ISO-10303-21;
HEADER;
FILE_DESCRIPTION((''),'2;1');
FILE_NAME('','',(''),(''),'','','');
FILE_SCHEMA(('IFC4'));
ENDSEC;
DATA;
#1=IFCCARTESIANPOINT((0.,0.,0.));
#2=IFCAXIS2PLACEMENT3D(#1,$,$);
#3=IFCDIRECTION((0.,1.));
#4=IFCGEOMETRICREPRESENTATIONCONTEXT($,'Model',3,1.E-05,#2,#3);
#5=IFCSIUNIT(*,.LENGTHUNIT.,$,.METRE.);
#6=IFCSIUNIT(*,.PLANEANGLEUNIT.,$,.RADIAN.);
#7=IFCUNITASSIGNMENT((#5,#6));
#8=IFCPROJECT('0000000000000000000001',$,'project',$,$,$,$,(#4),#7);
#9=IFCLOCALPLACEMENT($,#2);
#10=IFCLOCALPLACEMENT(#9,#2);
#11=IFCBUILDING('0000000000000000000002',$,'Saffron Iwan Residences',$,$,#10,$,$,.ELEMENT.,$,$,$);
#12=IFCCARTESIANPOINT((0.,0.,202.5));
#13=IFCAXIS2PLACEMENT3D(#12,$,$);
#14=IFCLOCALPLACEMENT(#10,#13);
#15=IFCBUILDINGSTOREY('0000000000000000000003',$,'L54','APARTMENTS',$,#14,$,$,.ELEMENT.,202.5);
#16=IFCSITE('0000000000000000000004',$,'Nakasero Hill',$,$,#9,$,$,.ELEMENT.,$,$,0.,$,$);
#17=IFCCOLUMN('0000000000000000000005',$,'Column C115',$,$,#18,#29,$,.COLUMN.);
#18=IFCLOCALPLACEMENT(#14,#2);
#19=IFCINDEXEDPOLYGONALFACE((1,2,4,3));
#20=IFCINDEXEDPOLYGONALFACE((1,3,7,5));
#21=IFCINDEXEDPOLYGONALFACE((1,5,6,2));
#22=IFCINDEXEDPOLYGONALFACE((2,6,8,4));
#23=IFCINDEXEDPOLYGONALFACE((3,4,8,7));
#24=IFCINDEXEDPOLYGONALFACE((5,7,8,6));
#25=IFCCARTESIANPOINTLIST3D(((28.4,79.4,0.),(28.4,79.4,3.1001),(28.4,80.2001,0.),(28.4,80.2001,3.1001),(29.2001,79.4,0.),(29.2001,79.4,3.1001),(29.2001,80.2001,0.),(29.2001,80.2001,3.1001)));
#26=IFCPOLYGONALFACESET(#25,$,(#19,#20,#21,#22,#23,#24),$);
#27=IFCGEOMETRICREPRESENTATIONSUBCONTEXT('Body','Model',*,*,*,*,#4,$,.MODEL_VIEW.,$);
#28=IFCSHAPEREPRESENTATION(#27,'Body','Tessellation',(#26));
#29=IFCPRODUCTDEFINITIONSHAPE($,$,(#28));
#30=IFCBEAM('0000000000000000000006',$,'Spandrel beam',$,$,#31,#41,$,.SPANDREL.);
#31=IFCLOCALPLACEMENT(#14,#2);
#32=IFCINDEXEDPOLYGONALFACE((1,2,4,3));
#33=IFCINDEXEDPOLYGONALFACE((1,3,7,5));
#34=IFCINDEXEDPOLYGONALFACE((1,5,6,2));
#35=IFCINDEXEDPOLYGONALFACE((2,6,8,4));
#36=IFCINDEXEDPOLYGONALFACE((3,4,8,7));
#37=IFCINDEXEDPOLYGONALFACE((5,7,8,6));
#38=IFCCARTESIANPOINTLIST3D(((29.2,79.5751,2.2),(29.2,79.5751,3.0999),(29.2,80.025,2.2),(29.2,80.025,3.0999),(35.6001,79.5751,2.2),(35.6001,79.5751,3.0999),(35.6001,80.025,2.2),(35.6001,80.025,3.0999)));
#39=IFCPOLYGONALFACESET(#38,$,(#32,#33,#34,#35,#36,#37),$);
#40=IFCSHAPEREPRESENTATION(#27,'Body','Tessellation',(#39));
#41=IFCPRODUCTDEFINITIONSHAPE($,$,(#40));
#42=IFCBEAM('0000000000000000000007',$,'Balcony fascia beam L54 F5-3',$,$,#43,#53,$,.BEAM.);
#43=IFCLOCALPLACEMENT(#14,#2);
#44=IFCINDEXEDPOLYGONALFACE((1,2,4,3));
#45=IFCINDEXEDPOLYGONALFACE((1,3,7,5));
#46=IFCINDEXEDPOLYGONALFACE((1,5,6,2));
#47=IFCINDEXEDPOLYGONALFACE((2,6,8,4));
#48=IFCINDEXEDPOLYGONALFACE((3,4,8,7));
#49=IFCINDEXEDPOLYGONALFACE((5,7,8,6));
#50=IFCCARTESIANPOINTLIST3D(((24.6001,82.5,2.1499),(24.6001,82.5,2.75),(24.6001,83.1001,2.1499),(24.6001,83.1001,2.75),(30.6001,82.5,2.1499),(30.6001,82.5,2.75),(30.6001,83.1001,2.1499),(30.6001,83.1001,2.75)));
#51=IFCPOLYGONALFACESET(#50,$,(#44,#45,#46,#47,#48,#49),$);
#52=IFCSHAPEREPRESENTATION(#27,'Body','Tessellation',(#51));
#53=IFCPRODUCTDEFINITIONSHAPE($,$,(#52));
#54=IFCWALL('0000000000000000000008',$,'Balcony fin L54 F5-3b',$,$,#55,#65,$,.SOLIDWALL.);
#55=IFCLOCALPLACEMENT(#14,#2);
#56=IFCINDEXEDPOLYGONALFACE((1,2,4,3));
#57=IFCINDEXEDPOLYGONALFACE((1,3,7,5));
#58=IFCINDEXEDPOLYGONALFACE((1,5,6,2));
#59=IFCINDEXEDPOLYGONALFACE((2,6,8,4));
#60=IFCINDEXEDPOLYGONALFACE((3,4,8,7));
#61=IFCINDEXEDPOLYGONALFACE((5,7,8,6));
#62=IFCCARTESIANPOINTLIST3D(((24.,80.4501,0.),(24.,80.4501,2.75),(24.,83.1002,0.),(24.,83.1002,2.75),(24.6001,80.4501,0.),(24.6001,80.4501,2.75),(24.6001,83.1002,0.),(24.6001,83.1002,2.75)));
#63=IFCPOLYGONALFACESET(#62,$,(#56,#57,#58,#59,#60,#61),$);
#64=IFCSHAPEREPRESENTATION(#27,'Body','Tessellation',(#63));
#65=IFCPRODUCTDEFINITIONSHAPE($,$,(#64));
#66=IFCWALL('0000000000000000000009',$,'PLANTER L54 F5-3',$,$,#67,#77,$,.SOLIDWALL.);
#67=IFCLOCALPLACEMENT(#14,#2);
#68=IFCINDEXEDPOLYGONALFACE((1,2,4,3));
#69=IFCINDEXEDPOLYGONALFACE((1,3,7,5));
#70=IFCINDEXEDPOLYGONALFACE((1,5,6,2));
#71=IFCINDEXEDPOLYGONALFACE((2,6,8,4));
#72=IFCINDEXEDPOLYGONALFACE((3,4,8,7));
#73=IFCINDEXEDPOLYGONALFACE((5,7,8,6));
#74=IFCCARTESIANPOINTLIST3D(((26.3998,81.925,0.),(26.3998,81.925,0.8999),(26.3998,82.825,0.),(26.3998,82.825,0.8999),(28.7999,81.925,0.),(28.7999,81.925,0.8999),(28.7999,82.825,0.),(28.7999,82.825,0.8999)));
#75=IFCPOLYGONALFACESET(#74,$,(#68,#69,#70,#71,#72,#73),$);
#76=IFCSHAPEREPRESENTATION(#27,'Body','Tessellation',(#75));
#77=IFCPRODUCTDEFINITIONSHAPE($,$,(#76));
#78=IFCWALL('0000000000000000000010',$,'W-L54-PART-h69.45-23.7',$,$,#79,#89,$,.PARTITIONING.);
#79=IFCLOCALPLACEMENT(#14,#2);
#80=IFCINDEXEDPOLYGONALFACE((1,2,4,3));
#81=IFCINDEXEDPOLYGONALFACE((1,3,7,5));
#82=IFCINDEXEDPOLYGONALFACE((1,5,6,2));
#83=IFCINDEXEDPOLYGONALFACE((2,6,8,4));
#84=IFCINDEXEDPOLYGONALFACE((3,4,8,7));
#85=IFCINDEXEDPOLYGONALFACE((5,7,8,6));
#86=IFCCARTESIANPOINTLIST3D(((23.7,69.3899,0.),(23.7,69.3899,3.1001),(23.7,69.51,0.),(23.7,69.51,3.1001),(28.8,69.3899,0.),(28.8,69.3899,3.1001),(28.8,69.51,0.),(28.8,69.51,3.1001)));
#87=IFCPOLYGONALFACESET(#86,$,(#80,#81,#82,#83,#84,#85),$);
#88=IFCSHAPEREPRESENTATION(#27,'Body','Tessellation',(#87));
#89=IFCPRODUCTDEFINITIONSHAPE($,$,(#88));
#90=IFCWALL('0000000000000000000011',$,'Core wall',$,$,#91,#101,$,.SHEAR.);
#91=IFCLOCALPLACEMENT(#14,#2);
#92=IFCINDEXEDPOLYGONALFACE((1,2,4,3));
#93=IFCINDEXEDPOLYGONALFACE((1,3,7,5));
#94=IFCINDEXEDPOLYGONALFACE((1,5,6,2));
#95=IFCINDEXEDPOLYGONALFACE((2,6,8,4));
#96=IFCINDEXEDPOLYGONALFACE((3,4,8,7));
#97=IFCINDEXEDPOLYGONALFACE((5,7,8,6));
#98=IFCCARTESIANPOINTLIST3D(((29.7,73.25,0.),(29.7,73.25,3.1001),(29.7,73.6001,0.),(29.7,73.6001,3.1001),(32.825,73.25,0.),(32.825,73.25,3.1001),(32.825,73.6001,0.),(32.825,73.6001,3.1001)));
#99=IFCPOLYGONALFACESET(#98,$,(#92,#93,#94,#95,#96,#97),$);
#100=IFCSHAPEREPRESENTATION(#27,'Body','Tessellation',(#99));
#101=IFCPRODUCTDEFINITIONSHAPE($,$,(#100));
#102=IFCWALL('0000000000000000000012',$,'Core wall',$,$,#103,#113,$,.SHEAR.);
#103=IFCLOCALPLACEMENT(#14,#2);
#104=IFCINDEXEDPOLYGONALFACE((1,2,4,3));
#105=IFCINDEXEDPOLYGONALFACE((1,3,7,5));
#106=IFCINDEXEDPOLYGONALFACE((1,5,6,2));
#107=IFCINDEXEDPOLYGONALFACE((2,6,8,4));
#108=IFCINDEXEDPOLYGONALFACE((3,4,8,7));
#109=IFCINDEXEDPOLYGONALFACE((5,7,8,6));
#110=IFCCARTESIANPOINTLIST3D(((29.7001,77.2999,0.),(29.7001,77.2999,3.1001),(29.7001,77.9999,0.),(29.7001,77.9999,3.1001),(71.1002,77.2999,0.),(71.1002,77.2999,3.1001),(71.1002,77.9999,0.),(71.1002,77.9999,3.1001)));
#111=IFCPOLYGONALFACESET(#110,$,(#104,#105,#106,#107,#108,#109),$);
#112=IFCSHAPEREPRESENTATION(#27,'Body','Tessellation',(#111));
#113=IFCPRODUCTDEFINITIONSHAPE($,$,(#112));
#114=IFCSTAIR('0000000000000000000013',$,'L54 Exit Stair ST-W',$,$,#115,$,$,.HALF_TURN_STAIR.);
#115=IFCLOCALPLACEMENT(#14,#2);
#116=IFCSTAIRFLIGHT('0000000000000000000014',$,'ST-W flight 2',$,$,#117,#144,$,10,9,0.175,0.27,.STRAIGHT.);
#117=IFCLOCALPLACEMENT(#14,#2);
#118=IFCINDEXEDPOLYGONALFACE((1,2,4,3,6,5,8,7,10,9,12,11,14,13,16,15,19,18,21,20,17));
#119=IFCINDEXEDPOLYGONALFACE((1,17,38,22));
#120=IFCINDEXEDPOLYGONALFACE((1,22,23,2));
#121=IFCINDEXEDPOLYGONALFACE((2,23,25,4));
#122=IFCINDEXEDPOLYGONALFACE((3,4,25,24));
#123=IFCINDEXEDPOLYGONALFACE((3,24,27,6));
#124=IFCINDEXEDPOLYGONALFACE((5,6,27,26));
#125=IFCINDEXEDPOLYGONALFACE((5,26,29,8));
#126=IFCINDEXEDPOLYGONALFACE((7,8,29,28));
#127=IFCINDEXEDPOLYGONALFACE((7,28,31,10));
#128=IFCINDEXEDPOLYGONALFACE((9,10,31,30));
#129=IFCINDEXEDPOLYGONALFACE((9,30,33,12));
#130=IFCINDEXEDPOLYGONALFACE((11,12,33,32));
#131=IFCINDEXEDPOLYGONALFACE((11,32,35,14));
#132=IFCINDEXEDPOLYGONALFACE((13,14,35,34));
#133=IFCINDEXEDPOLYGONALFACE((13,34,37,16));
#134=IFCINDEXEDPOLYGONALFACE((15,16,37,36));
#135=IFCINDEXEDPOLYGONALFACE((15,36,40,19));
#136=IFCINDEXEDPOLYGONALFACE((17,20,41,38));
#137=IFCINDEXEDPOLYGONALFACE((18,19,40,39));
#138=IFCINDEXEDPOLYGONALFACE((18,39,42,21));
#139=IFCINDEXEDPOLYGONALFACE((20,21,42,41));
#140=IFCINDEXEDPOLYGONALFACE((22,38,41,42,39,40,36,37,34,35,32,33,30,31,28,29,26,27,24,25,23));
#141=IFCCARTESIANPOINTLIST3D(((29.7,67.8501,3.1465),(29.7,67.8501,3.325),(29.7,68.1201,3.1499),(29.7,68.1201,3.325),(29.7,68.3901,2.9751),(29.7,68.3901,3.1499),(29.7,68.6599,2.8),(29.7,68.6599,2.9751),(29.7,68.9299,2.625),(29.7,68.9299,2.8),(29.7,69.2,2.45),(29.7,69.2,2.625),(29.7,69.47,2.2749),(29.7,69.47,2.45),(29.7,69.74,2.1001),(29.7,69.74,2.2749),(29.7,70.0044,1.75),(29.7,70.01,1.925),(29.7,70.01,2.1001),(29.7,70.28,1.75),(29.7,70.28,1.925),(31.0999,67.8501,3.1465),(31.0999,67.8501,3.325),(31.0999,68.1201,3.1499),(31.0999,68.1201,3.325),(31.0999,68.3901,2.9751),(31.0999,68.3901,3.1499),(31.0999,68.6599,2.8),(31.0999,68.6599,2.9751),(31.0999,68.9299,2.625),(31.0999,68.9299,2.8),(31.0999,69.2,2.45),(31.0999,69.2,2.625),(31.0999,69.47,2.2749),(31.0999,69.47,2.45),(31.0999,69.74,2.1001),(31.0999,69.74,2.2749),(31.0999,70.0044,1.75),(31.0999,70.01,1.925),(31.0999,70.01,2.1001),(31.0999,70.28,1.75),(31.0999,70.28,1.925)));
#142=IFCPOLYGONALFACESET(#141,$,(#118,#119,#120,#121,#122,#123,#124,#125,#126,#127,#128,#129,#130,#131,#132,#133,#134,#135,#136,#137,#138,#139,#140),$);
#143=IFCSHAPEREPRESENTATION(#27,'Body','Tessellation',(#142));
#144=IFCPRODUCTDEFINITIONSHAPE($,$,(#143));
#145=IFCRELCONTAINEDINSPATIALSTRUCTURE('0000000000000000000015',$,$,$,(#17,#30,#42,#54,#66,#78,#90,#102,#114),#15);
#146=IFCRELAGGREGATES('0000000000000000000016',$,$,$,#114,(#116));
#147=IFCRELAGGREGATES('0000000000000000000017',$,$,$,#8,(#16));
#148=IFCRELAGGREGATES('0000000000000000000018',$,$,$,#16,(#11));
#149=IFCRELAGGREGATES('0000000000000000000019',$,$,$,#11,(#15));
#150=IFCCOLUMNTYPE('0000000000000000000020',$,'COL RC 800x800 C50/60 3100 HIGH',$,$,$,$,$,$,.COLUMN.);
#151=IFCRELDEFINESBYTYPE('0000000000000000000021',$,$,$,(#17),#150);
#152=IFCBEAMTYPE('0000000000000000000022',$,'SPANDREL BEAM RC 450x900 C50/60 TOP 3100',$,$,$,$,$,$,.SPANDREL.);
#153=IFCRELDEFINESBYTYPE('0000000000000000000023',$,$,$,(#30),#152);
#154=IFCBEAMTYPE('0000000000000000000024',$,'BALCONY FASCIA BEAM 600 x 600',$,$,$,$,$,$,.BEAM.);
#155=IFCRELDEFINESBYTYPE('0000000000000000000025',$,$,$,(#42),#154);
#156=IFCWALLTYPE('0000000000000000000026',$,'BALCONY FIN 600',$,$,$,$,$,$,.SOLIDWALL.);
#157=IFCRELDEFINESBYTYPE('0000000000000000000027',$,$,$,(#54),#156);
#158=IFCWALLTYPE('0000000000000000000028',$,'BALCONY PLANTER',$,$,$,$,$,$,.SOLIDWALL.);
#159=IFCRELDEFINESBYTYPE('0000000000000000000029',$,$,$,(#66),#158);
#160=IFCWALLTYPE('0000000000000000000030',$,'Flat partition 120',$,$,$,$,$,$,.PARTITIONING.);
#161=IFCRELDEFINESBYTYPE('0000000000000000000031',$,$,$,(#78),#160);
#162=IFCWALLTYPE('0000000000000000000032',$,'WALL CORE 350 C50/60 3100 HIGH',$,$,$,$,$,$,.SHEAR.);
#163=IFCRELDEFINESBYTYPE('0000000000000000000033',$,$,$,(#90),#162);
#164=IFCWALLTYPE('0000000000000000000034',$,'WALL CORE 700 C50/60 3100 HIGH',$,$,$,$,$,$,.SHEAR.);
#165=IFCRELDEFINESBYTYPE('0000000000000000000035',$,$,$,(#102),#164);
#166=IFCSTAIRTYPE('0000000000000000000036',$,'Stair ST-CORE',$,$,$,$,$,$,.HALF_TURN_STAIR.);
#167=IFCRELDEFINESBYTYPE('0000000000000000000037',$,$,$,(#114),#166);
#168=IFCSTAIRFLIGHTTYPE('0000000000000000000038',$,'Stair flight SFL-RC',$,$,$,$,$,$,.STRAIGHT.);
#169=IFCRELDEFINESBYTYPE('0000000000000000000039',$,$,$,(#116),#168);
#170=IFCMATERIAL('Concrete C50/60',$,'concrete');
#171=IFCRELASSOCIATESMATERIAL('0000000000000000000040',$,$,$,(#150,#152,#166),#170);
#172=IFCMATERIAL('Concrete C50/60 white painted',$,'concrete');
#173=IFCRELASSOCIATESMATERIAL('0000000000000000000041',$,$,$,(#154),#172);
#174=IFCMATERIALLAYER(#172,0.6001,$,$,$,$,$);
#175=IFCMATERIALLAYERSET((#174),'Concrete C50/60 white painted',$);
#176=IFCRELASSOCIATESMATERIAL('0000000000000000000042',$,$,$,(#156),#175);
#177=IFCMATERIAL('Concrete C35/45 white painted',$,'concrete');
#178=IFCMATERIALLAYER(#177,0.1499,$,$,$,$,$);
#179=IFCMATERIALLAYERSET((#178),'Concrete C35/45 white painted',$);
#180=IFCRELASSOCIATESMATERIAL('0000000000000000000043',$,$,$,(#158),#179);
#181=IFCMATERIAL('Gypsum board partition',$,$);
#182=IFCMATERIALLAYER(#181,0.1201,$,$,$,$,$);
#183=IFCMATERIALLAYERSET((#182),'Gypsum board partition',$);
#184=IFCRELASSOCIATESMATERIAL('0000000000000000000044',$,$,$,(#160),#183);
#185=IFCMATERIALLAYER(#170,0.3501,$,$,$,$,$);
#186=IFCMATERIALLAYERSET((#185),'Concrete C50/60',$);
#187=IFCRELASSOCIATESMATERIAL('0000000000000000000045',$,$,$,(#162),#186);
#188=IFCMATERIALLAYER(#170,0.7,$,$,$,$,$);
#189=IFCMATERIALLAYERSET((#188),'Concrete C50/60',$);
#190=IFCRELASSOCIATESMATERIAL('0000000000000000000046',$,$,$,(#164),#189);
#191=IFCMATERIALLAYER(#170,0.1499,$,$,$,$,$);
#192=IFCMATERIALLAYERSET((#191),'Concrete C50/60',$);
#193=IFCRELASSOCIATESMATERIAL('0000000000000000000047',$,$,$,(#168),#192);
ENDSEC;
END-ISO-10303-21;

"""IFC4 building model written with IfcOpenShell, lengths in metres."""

from ifc_helpers import new_model, si_unit, direction, frame, frame_2d, origin, origin_2d, place, context, subcontext, project, spatial, polyline, rectangle, outline, extrude, source, transform, mapped, material, layer, layer_set, material_profile, profile_set, type_object, element, aggregate, save


model = new_model("IFC4")

# Units and contexts
model_context = context("Model", 3, precision=1e-05, world=origin(), true_north=direction((0.0, 1.0)))
body_context = subcontext(model_context, "Body", "Model", "MODEL_VIEW")
ifc_project = project(units=[si_unit("LENGTHUNIT", "METRE"), si_unit("PLANEANGLEUNIT", "RADIAN")], contexts=[model_context])

# Site, building, storey
site_placement = place(None, origin())
site = spatial("IfcSite", under=ifc_project, at=site_placement, Name="Nakasero Hill", CompositionType="ELEMENT", RefElevation=0.0)
building_placement = place(site_placement, origin())
building = spatial("IfcBuilding", under=site, at=building_placement, Name="Saffron Iwan Residences", CompositionType="ELEMENT")
storey_placement = place(building_placement, frame((0.0, 0.0, 202.5)))
storey = spatial("IfcBuildingStorey", under=building, at=storey_placement, Name="L54", Description="APARTMENTS", CompositionType="ELEMENT", Elevation=202.5)

# Column
ifc_material_1 = material(Name="Concrete C50/60", Category="concrete")
ifc_material_profile_1 = material_profile(ifc_material_1, rectangle(XDim=0.8, YDim=0.8, at=origin_2d()), Name="RC 800x800")
ifc_profile_set_1 = profile_set([ifc_material_profile_1], Name="Concrete C50/60")
column_type = type_object("IfcColumnType", Name="COL RC 800x800 C50/60 3100 HIGH", PredefinedType="COLUMN", material=ifc_profile_set_1)
shared_shape_1 = source(origin(), body_context, "Body", "SweptSolid", [
    extrude(rectangle(XDim=0.8, YDim=0.8, at=origin_2d()), origin(), (0.0, 0.0, 1.0), 3.1001),
])
column_placement = place(storey_placement, frame((28.8, 79.8, 0.0), z_axis=(0.0, 0.0, 1.0), x_axis=(1.0, 0.0, 0.0)))
element("IfcColumn", 1, at=column_placement, inside=storey, type_object=column_type, Name="Column C115", PredefinedType="COLUMN", context=body_context, shape_type="MappedRepresentation", body=[
    mapped(shared_shape_1, transform((0.0, 0.0, 0.0))),
])

# Beams
ifc_material_profile_2 = material_profile(ifc_material_1, rectangle(XDim=0.45, YDim=0.8999, at=origin_2d()), Name="RC 450x900")
ifc_profile_set_2 = profile_set([ifc_material_profile_2], Name="Concrete C50/60")
beam_type_1 = type_object("IfcBeamType", Name="SPANDREL BEAM RC 450x900 C50/60 TOP 3100", PredefinedType="SPANDREL", material=ifc_profile_set_2)
shared_shape_2 = source(origin(), body_context, "Body", "SweptSolid", [
    extrude(rectangle(XDim=0.45, YDim=0.8999, at=origin_2d()), origin(), (0.0, 0.0, 1.0), 6.4001),
])
beam_1_placement = place(storey_placement, frame((29.2, 79.8, 2.6499), z_axis=(1.0, 0.0, 0.0), x_axis=(0.0, 1.0, 0.0)))
element("IfcBeam", 2, at=beam_1_placement, inside=storey, type_object=beam_type_1, Name="Spandrel beam", PredefinedType="SPANDREL", context=body_context, shape_type="MappedRepresentation", body=[
    mapped(shared_shape_2, transform((0.0, 0.0, 0.0))),
])
ifc_material_2 = material(Name="Concrete C50/60 white painted", Category="concrete")
ifc_material_profile_3 = material_profile(ifc_material_2, rectangle(XDim=0.6001, YDim=0.6001, at=origin_2d()), Name="BALCONY FASCIA BEAM 600 x 600")
ifc_profile_set_3 = profile_set([ifc_material_profile_3], Name="Concrete C50/60 white painted")
beam_type_2 = type_object("IfcBeamType", Name="BALCONY FASCIA BEAM 600 x 600", PredefinedType="BEAM", material=ifc_profile_set_3)
shared_shape_3 = source(origin(), body_context, "Body", "SweptSolid", [
    extrude(rectangle(XDim=0.6001, YDim=0.6001, at=origin_2d()), origin(), (0.0, 0.0, 1.0), 6.0),
])
beam_2_placement = place(storey_placement, frame((30.6001, 82.8, 2.45), z_axis=(-1.0, 0.0, 0.0), x_axis=(0.0, -1.0, 0.0)))
element("IfcBeam", 3, at=beam_2_placement, inside=storey, type_object=beam_type_2, Name="Balcony fascia beam L54 F5-3", PredefinedType="BEAM", context=body_context, shape_type="MappedRepresentation", body=[
    mapped(shared_shape_3, transform((0.0, 0.0, 0.0))),
])

# Walls
ifc_layer_1 = layer(ifc_material_2, 0.6001)
ifc_layer_set_1 = layer_set([ifc_layer_1], Name="Concrete C50/60 white painted")
wall_type_1 = type_object("IfcWallType", Name="BALCONY FIN 600", PredefinedType="SOLIDWALL", material=ifc_layer_set_1)
wall_1_placement = place(storey_placement, frame((24.3, 80.45, 0.0), z_axis=(0.0, 0.0, 1.0), x_axis=(0.0, 1.0, 0.0)))
element("IfcWall", 4, at=wall_1_placement, inside=storey, type_object=wall_type_1, Name="Balcony fin L54 F5-3b", PredefinedType="SOLIDWALL", context=body_context, shape_type="SweptSolid", body=[
    extrude(rectangle(XDim=2.6501, YDim=0.6001, at=frame_2d((1.3252, 0.0))), origin(), (0.0, 0.0, 1.0), 2.75),
])
ifc_material_3 = material(Name="Concrete C35/45 white painted", Category="concrete")
ifc_layer_2 = layer(ifc_material_3, 0.1499)
ifc_layer_set_2 = layer_set([ifc_layer_2], Name="Concrete C35/45 white painted")
wall_type_2 = type_object("IfcWallType", Name="BALCONY PLANTER", PredefinedType="SOLIDWALL", material=ifc_layer_set_2)
wall_2_placement = place(storey_placement, frame((28.8, 82.375, 0.0), z_axis=(0.0, 0.0, 1.0), x_axis=(-1.0, 0.0, 0.0)))
element("IfcWall", 5, at=wall_2_placement, inside=storey, type_object=wall_type_2, Name="PLANTER L54 F5-3", PredefinedType="SOLIDWALL", context=body_context, shape_type="SweptSolid", body=[
    extrude(rectangle(XDim=2.4001, YDim=0.8999, at=frame_2d((1.2002, 0.0))), origin(), (0.0, 0.0, 1.0), 0.8999),
])
ifc_material_4 = material(Name="Gypsum board partition")
ifc_layer_3 = layer(ifc_material_4, 0.1201)
ifc_layer_set_3 = layer_set([ifc_layer_3], Name="Gypsum board partition")
wall_type_3 = type_object("IfcWallType", Name="Flat partition 120", PredefinedType="PARTITIONING", material=ifc_layer_set_3)
wall_3_placement = place(storey_placement, frame((23.7, 69.45, 0.0), z_axis=(0.0, 0.0, 1.0), x_axis=(1.0, 0.0, 0.0)))
element("IfcWall", 6, at=wall_3_placement, inside=storey, type_object=wall_type_3, Name="W-L54-PART-h69.45-23.7", PredefinedType="PARTITIONING", context=body_context, shape_type="SweptSolid", body=[
    extrude(rectangle(XDim=5.1001, YDim=0.1201, at=frame_2d((2.55, 0.0))), origin(), (0.0, 0.0, 1.0), 3.1001),
])
ifc_layer_4 = layer(ifc_material_1, 0.3501)
ifc_layer_set_4 = layer_set([ifc_layer_4], Name="Concrete C50/60")
wall_type_4 = type_object("IfcWallType", Name="WALL CORE 350 C50/60 3100 HIGH", PredefinedType="SHEAR", material=ifc_layer_set_4)
wall_4_placement = place(storey_placement, frame((29.7, 73.425, 0.0), z_axis=(0.0, 0.0, 1.0), x_axis=(1.0, 0.0, 0.0)))
element("IfcWall", 7, at=wall_4_placement, inside=storey, type_object=wall_type_4, Name="Core wall", PredefinedType="SHEAR", context=body_context, shape_type="SweptSolid", body=[
    extrude(rectangle(XDim=3.125, YDim=0.3501, at=frame_2d((1.5625, 0.0))), origin(), (0.0, 0.0, 1.0), 3.1001),
])
ifc_layer_5 = layer(ifc_material_1, 0.7)
ifc_layer_set_5 = layer_set([ifc_layer_5], Name="Concrete C50/60")
wall_type_5 = type_object("IfcWallType", Name="WALL CORE 700 C50/60 3100 HIGH", PredefinedType="SHEAR", material=ifc_layer_set_5)
wall_5_placement = place(storey_placement, frame((29.7, 77.6499, 0.0), z_axis=(0.0, 0.0, 1.0), x_axis=(1.0, 0.0, 0.0)))
element("IfcWall", 8, at=wall_5_placement, inside=storey, type_object=wall_type_5, Name="Core wall", PredefinedType="SHEAR", context=body_context, shape_type="SweptSolid", body=[
    extrude(rectangle(XDim=41.4001, YDim=0.7, at=frame_2d((20.7002, 0.0))), origin(), (0.0, 0.0, 1.0), 3.1001),
])

# Stair, stair flight
stair_type = type_object("IfcStairType", Name="Stair ST-CORE", PredefinedType="HALF_TURN_STAIR", material=ifc_material_1)
stair_placement = place(storey_placement, origin())
stair = element("IfcStair", 9, at=stair_placement, inside=storey, type_object=stair_type, Name="L54 Exit Stair ST-W", PredefinedType="HALF_TURN_STAIR")
ifc_layer_6 = layer(ifc_material_1, 0.1499)
ifc_layer_set_6 = layer_set([ifc_layer_6], Name="Concrete C50/60")
stair_flight_type = type_object("IfcStairFlightType", Name="Stair flight SFL-RC", PredefinedType="STRAIGHT", material=ifc_layer_set_6)
stair_flight_placement = place(storey_placement, frame((30.3999, 70.28, 1.75), z_axis=(0.0, 0.0, 1.0), x_axis=(0.0, -1.0, 0.0)))
stair_flight = element("IfcStairFlight", 10, at=stair_flight_placement, type_object=stair_flight_type, Name="ST-W flight 2", NumberOfRisers=10, NumberOfTreads=9, PredefinedType="STRAIGHT", RiserHeight=0.175, TreadLength=0.27, context=body_context, shape_type="SweptSolid", body=[
    extrude(outline(polyline([(0.0, 0.0), (0.0, 0.175), (0.27, 0.175), (0.27, 0.3501), (0.54, 0.3501), (0.54, 0.5249), (0.8101, 0.5249), (0.8101, 0.7), (1.0801, 0.7), (1.0801, 0.875), (1.3501, 0.875), (1.3501, 1.05), (1.6201, 1.05), (1.6201, 1.2251), (1.8899, 1.2251), (1.8899, 1.3999), (2.1599, 1.3999), (2.1599, 1.575), (2.4299, 1.575), (2.4299, 1.75), (2.4299, 1.3965), (0.2756, 0.0), (0.0, 0.0)])), frame((0.0, 0.7, 0.0), z_axis=(0.0, -1.0, 0.0), x_axis=(1.0, 0.0, 0.0)), (0.0, 0.0, 1.0), 1.3999),
])
aggregate(stair, [stair_flight])

save(model, "model.ifc")
